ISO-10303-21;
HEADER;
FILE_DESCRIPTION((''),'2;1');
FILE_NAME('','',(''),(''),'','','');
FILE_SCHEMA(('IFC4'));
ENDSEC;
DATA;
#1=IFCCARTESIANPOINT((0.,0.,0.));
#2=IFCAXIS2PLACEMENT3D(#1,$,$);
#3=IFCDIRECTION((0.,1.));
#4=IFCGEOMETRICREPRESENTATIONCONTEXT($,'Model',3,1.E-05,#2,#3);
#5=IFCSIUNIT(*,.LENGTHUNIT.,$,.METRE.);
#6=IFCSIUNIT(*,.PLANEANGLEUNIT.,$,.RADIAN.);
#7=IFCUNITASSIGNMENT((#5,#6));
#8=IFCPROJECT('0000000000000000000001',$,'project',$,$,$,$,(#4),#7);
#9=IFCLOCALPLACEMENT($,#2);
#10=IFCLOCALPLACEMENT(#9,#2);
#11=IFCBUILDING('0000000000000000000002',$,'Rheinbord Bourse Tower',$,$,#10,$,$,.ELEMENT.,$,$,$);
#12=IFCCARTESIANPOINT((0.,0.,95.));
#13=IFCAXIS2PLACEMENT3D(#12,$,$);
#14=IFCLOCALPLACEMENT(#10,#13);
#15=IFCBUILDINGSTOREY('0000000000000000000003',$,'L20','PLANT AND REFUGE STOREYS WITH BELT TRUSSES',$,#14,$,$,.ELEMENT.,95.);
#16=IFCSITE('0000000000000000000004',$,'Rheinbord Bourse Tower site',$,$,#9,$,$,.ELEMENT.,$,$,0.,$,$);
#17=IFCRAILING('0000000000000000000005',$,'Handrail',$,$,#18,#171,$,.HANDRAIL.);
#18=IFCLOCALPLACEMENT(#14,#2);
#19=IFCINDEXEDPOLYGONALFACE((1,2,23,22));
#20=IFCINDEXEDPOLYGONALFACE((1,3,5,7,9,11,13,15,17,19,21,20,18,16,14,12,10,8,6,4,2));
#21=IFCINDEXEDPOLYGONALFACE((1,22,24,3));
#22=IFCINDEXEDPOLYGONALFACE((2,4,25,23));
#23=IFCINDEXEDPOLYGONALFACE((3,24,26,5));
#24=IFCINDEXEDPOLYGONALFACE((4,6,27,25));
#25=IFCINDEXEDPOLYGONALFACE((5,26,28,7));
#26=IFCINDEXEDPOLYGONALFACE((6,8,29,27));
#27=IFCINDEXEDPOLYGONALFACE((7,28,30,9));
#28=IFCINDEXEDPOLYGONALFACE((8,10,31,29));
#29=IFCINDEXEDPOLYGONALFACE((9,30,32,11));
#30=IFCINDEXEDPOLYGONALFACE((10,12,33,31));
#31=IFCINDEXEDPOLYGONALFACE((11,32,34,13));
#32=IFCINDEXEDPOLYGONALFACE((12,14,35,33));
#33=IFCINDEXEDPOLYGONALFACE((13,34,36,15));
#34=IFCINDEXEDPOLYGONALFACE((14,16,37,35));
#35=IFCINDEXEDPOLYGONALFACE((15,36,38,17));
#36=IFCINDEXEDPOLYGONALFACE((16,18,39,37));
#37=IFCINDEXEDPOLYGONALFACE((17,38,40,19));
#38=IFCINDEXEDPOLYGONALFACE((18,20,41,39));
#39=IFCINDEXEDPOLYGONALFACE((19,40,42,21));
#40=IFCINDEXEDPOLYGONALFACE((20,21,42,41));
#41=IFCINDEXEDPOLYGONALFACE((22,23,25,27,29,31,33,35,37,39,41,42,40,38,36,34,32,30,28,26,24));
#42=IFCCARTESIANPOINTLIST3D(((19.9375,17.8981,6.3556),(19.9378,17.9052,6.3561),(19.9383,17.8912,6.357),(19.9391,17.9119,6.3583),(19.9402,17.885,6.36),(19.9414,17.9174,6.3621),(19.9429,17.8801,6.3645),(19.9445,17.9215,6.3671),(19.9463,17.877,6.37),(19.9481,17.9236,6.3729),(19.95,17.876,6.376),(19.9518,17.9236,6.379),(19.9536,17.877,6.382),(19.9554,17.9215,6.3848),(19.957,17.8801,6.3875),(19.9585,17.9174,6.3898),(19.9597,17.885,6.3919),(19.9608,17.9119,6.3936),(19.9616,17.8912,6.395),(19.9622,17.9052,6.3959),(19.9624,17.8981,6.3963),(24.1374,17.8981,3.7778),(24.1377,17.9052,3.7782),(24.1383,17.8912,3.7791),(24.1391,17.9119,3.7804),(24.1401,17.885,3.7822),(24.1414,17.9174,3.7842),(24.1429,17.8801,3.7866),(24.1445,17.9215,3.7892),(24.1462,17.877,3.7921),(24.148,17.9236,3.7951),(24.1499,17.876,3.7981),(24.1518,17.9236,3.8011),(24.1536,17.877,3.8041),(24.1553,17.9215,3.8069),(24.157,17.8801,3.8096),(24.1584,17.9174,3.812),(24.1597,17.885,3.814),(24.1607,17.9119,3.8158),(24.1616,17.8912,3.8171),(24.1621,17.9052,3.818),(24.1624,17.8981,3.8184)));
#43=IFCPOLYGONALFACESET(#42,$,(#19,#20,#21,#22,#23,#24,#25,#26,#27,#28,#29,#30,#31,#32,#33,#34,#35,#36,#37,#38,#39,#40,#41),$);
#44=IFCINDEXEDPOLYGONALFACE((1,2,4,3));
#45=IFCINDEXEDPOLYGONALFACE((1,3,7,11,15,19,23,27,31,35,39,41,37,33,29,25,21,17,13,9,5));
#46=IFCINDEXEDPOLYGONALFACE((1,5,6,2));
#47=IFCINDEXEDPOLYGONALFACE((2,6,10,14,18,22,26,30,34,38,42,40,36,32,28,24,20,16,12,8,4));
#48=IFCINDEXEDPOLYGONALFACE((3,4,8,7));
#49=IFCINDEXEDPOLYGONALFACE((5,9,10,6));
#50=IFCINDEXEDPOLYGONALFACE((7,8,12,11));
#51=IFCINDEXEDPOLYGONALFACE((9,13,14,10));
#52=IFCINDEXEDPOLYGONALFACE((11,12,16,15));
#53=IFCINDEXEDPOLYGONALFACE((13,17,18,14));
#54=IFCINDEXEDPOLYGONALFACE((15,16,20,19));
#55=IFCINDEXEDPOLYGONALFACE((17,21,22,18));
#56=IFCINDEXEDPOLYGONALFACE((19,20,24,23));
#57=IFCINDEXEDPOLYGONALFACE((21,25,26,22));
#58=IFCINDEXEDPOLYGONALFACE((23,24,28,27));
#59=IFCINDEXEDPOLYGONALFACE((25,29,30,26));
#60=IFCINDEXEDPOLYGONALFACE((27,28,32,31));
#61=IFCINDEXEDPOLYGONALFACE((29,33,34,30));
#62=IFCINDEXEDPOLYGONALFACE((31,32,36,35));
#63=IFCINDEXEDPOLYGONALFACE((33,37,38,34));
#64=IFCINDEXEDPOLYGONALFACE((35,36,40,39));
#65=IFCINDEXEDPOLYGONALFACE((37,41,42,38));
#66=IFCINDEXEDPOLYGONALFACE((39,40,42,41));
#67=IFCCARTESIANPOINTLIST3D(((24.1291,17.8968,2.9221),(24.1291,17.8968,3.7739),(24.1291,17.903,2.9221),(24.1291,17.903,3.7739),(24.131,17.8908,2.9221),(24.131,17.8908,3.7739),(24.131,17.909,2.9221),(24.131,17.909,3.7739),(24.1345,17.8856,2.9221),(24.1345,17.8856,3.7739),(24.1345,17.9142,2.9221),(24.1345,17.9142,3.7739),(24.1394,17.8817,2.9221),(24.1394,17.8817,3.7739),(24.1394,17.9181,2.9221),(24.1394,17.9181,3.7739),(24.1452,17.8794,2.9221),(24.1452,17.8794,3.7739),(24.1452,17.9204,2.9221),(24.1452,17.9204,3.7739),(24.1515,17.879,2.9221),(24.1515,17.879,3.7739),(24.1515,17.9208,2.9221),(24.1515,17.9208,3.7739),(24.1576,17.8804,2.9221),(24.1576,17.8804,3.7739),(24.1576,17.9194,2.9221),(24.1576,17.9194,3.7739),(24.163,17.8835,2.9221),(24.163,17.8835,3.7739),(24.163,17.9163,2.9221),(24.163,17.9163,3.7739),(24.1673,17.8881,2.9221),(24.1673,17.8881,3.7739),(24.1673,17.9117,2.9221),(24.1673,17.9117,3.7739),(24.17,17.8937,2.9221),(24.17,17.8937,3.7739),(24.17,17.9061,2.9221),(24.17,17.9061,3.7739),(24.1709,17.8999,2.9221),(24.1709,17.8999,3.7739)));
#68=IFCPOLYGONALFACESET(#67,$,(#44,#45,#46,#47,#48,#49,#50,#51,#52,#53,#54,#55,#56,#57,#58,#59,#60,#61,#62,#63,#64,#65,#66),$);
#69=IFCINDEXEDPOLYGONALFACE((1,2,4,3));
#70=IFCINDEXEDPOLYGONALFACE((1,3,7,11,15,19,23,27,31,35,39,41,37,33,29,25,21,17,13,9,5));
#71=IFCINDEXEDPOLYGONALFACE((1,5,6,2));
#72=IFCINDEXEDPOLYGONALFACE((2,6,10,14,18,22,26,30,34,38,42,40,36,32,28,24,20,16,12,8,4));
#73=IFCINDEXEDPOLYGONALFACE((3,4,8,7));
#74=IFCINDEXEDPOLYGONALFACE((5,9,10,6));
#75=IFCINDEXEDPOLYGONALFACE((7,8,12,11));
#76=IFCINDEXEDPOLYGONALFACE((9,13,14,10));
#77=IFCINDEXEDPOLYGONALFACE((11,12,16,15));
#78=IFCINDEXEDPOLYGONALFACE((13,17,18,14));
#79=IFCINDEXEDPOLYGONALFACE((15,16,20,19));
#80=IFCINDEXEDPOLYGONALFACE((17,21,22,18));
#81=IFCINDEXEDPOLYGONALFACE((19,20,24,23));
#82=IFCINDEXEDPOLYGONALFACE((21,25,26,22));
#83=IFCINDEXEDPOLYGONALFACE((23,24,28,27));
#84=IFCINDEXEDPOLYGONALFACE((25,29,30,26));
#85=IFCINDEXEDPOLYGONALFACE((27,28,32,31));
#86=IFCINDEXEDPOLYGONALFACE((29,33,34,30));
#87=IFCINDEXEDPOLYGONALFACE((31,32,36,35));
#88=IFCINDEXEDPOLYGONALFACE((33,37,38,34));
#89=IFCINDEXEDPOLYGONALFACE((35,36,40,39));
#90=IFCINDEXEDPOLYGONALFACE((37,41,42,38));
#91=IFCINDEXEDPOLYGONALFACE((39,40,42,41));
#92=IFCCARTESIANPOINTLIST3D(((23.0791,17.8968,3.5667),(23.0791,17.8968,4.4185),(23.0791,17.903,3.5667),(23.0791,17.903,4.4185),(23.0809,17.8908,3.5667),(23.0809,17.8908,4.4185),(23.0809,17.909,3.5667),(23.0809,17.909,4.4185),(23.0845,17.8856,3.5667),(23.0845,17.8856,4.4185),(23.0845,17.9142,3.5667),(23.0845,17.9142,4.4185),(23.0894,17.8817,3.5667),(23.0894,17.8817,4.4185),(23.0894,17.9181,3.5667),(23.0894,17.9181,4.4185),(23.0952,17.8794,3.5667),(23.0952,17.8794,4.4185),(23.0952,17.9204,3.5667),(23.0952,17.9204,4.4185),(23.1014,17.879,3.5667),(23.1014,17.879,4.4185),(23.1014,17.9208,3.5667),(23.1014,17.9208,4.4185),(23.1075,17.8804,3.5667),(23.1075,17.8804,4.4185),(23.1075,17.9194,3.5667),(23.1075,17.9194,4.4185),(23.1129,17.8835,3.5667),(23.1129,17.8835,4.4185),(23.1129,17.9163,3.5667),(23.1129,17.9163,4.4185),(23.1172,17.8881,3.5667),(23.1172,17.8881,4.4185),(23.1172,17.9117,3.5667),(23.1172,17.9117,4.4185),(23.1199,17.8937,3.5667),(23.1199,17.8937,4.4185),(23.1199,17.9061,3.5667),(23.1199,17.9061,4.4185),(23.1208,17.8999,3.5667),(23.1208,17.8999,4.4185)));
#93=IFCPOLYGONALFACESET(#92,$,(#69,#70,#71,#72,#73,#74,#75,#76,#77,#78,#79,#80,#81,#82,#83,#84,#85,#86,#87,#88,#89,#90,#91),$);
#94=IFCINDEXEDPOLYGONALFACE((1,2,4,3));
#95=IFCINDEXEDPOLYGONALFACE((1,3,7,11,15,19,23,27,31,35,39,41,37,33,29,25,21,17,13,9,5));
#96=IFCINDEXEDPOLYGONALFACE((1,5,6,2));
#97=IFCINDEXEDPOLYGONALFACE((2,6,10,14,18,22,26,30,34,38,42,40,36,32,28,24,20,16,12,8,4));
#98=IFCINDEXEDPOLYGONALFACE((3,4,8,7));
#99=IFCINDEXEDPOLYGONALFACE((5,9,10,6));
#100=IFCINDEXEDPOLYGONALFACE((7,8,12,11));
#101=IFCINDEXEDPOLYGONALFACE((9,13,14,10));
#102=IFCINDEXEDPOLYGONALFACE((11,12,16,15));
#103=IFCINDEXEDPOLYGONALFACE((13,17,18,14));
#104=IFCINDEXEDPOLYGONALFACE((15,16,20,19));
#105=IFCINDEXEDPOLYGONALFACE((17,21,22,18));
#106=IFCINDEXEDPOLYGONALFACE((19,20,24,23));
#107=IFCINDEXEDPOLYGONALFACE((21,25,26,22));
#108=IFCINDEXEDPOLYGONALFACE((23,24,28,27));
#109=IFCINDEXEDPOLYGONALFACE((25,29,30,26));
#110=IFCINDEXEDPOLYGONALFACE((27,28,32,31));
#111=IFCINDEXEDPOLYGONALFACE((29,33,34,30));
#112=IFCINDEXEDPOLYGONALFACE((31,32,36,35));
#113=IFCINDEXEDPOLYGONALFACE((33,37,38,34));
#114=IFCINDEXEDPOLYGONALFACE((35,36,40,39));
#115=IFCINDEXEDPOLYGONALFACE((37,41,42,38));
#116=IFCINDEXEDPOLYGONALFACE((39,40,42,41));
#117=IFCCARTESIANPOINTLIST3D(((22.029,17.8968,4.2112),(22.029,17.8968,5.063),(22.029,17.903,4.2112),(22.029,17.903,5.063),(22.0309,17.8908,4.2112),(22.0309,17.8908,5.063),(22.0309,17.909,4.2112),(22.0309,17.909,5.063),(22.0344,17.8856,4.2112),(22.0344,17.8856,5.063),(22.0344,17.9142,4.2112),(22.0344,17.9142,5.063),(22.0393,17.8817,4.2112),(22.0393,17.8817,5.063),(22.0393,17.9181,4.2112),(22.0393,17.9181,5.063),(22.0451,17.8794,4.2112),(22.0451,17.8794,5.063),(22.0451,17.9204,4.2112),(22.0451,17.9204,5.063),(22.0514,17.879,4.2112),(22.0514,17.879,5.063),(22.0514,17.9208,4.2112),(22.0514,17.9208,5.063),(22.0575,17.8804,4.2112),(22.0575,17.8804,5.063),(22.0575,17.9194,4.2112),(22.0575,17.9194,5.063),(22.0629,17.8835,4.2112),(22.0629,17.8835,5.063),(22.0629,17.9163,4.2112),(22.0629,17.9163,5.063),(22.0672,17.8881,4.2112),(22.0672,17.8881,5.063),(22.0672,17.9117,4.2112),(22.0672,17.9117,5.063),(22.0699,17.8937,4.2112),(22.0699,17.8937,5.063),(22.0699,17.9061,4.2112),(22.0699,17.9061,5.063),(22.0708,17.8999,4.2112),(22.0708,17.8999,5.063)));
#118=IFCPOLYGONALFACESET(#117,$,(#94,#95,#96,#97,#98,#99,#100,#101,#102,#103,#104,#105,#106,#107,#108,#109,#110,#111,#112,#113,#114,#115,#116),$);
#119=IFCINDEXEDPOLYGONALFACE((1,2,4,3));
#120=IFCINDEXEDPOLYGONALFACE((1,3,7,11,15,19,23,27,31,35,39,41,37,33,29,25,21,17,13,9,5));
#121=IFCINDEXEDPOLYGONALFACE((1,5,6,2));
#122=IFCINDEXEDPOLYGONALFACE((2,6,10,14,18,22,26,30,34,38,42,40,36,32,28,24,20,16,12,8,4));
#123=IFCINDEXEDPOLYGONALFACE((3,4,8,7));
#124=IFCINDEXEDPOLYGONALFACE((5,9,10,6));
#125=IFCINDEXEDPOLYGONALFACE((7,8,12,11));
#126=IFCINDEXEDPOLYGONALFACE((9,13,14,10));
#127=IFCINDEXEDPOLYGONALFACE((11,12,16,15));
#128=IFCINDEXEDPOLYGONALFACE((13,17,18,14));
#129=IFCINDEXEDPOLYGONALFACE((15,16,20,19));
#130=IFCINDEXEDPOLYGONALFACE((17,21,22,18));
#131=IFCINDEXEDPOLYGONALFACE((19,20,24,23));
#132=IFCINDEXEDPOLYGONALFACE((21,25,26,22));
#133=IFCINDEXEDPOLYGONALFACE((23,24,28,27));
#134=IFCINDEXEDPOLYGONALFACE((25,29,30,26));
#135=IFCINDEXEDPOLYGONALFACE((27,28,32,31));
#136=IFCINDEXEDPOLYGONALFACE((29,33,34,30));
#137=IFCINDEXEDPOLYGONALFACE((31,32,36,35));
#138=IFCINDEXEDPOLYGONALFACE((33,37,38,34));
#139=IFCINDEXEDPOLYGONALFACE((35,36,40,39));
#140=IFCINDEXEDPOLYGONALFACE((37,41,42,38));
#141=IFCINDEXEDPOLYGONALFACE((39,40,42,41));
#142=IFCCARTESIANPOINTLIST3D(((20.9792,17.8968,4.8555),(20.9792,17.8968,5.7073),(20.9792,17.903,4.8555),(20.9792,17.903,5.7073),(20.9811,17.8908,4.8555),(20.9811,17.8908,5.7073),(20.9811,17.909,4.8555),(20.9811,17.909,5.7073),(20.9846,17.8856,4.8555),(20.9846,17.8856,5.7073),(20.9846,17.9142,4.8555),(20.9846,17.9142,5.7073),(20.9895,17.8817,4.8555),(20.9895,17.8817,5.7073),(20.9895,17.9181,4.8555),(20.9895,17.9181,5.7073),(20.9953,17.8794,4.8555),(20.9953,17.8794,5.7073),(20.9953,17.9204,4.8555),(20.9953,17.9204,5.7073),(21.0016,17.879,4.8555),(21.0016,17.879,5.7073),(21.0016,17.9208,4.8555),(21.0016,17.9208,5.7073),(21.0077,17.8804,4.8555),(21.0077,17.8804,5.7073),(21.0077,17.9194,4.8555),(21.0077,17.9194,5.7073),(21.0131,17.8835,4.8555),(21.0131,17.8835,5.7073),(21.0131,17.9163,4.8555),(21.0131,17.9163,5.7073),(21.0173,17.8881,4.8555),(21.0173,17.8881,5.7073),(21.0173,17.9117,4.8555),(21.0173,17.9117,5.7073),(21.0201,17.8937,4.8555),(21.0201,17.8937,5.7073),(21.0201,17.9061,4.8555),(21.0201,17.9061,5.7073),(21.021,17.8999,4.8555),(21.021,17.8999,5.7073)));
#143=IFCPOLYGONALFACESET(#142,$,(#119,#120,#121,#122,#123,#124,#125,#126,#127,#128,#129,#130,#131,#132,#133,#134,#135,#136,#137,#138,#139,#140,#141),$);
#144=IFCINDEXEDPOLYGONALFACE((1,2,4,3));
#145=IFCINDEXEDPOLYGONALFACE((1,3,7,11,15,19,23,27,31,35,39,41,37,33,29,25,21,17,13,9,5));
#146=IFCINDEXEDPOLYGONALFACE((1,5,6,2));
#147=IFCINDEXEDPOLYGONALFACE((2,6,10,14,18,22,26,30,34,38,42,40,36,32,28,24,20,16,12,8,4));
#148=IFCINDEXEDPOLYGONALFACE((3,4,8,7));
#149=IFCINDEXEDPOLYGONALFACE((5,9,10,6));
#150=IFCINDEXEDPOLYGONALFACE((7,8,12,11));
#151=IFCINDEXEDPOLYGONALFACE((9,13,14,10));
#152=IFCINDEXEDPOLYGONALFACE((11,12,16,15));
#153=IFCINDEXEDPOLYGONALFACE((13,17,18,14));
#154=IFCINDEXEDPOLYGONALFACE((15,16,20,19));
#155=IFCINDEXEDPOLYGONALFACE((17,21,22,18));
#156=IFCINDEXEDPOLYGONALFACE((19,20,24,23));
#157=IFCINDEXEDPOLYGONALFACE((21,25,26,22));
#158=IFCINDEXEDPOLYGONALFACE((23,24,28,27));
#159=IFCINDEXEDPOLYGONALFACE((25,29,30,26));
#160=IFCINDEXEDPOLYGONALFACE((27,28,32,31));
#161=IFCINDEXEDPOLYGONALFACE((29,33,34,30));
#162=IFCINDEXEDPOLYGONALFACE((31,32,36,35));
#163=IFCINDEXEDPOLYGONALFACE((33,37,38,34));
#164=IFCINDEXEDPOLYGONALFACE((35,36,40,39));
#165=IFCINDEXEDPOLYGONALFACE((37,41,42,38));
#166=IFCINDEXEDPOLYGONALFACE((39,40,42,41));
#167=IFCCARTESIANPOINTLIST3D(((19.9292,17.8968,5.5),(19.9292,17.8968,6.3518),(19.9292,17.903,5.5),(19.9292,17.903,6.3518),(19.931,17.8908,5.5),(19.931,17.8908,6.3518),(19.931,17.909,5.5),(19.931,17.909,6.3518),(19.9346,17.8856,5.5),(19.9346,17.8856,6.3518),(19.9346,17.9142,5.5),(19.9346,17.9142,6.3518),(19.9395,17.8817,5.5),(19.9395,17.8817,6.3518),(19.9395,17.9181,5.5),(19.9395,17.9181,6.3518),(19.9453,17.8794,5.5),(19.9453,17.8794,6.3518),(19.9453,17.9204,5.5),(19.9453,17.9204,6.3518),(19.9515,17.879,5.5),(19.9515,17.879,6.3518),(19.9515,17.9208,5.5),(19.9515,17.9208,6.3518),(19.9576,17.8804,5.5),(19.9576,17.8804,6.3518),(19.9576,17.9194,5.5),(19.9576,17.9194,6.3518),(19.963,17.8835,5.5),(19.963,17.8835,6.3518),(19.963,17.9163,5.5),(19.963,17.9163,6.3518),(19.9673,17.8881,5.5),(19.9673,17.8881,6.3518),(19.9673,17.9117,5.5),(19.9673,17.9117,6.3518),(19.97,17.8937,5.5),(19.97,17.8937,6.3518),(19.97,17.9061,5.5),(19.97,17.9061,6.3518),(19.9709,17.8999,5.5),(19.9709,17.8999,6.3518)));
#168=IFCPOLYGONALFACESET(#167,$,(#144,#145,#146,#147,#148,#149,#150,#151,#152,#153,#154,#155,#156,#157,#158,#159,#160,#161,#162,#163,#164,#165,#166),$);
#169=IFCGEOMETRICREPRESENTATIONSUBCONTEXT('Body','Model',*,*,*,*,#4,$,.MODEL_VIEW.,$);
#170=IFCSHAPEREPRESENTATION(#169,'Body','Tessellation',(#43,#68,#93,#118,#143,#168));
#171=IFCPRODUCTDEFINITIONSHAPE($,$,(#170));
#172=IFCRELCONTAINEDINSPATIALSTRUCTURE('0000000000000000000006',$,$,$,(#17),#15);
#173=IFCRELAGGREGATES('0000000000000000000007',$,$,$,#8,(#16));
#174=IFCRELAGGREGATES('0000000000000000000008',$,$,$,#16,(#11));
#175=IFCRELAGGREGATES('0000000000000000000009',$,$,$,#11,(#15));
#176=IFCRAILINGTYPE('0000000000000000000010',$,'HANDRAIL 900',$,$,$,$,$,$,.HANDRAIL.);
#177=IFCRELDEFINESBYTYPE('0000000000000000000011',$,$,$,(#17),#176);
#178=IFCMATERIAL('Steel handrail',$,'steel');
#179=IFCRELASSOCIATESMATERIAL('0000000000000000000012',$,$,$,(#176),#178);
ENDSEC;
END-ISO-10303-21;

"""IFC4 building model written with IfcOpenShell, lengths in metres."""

from ifc_helpers import new_model, si_unit, direction, frame, origin, origin_2d, place, context, subcontext, project, spatial, circle, extrude, material, type_object, element, save


model = new_model("IFC4")

# Units and contexts
model_context = context("Model", 3, precision=1e-05, world=origin(), true_north=direction((0.0, 1.0)))
body_context = subcontext(model_context, "Body", "Model", "MODEL_VIEW")
ifc_project = project(units=[si_unit("LENGTHUNIT", "METRE"), si_unit("PLANEANGLEUNIT", "RADIAN")], contexts=[model_context])

# Site, building, storey
site_placement = place(None, origin())
site = spatial("IfcSite", under=ifc_project, at=site_placement, Name="Rheinbord Bourse Tower site", CompositionType="ELEMENT", RefElevation=0.0)
building_placement = place(site_placement, origin())
building = spatial("IfcBuilding", under=site, at=building_placement, Name="Rheinbord Bourse Tower", CompositionType="ELEMENT")
storey_placement = place(building_placement, frame((0.0, 0.0, 95.0)))
storey = spatial("IfcBuildingStorey", under=building, at=storey_placement, Name="L20", Description="PLANT AND REFUGE STOREYS WITH BELT TRUSSES", CompositionType="ELEMENT", Elevation=95.0)

# Railing
ifc_material_1 = material(Name="Steel handrail", Category="steel")
railing_type = type_object("IfcRailingType", Name="HANDRAIL 900", PredefinedType="HANDRAIL", material=ifc_material_1)
railing_placement = place(storey_placement, frame((24.1499, 17.8999, 2.9221)))
element("IfcRailing", 1, at=railing_placement, inside=storey, type_object=railing_type, Name="Handrail", PredefinedType="HANDRAIL", context=body_context, shape_type="SweptSolid", body=[
    extrude(circle(Radius=0.0239, at=origin_2d()), frame((0.0, 0.0, 0.876), z_axis=(-0.852265, 0.0, 0.52311), x_axis=(0.0, -1.0, 0.0)), (0.0, 0.0, 1.0), 4.928),
    extrude(circle(Radius=0.021, at=origin_2d()), origin(), (0.0, 0.0, 1.0), 0.8518),
    extrude(circle(Radius=0.021, at=origin_2d()), frame((-1.05, 0.0, 0.6445)), (0.0, 0.0, 1.0), 0.8518),
    extrude(circle(Radius=0.021, at=origin_2d()), frame((-2.1001, 0.0, 1.2891)), (0.0, 0.0, 1.0), 0.8518),
    extrude(circle(Radius=0.021, at=origin_2d()), frame((-3.1499, 0.0, 1.9333)), (0.0, 0.0, 1.0), 0.8518),
    extrude(circle(Radius=0.021, at=origin_2d()), frame((-4.2, 0.0, 2.5779)), (0.0, 0.0, 1.0), 0.8518),
])

save(model, "model.ifc")
